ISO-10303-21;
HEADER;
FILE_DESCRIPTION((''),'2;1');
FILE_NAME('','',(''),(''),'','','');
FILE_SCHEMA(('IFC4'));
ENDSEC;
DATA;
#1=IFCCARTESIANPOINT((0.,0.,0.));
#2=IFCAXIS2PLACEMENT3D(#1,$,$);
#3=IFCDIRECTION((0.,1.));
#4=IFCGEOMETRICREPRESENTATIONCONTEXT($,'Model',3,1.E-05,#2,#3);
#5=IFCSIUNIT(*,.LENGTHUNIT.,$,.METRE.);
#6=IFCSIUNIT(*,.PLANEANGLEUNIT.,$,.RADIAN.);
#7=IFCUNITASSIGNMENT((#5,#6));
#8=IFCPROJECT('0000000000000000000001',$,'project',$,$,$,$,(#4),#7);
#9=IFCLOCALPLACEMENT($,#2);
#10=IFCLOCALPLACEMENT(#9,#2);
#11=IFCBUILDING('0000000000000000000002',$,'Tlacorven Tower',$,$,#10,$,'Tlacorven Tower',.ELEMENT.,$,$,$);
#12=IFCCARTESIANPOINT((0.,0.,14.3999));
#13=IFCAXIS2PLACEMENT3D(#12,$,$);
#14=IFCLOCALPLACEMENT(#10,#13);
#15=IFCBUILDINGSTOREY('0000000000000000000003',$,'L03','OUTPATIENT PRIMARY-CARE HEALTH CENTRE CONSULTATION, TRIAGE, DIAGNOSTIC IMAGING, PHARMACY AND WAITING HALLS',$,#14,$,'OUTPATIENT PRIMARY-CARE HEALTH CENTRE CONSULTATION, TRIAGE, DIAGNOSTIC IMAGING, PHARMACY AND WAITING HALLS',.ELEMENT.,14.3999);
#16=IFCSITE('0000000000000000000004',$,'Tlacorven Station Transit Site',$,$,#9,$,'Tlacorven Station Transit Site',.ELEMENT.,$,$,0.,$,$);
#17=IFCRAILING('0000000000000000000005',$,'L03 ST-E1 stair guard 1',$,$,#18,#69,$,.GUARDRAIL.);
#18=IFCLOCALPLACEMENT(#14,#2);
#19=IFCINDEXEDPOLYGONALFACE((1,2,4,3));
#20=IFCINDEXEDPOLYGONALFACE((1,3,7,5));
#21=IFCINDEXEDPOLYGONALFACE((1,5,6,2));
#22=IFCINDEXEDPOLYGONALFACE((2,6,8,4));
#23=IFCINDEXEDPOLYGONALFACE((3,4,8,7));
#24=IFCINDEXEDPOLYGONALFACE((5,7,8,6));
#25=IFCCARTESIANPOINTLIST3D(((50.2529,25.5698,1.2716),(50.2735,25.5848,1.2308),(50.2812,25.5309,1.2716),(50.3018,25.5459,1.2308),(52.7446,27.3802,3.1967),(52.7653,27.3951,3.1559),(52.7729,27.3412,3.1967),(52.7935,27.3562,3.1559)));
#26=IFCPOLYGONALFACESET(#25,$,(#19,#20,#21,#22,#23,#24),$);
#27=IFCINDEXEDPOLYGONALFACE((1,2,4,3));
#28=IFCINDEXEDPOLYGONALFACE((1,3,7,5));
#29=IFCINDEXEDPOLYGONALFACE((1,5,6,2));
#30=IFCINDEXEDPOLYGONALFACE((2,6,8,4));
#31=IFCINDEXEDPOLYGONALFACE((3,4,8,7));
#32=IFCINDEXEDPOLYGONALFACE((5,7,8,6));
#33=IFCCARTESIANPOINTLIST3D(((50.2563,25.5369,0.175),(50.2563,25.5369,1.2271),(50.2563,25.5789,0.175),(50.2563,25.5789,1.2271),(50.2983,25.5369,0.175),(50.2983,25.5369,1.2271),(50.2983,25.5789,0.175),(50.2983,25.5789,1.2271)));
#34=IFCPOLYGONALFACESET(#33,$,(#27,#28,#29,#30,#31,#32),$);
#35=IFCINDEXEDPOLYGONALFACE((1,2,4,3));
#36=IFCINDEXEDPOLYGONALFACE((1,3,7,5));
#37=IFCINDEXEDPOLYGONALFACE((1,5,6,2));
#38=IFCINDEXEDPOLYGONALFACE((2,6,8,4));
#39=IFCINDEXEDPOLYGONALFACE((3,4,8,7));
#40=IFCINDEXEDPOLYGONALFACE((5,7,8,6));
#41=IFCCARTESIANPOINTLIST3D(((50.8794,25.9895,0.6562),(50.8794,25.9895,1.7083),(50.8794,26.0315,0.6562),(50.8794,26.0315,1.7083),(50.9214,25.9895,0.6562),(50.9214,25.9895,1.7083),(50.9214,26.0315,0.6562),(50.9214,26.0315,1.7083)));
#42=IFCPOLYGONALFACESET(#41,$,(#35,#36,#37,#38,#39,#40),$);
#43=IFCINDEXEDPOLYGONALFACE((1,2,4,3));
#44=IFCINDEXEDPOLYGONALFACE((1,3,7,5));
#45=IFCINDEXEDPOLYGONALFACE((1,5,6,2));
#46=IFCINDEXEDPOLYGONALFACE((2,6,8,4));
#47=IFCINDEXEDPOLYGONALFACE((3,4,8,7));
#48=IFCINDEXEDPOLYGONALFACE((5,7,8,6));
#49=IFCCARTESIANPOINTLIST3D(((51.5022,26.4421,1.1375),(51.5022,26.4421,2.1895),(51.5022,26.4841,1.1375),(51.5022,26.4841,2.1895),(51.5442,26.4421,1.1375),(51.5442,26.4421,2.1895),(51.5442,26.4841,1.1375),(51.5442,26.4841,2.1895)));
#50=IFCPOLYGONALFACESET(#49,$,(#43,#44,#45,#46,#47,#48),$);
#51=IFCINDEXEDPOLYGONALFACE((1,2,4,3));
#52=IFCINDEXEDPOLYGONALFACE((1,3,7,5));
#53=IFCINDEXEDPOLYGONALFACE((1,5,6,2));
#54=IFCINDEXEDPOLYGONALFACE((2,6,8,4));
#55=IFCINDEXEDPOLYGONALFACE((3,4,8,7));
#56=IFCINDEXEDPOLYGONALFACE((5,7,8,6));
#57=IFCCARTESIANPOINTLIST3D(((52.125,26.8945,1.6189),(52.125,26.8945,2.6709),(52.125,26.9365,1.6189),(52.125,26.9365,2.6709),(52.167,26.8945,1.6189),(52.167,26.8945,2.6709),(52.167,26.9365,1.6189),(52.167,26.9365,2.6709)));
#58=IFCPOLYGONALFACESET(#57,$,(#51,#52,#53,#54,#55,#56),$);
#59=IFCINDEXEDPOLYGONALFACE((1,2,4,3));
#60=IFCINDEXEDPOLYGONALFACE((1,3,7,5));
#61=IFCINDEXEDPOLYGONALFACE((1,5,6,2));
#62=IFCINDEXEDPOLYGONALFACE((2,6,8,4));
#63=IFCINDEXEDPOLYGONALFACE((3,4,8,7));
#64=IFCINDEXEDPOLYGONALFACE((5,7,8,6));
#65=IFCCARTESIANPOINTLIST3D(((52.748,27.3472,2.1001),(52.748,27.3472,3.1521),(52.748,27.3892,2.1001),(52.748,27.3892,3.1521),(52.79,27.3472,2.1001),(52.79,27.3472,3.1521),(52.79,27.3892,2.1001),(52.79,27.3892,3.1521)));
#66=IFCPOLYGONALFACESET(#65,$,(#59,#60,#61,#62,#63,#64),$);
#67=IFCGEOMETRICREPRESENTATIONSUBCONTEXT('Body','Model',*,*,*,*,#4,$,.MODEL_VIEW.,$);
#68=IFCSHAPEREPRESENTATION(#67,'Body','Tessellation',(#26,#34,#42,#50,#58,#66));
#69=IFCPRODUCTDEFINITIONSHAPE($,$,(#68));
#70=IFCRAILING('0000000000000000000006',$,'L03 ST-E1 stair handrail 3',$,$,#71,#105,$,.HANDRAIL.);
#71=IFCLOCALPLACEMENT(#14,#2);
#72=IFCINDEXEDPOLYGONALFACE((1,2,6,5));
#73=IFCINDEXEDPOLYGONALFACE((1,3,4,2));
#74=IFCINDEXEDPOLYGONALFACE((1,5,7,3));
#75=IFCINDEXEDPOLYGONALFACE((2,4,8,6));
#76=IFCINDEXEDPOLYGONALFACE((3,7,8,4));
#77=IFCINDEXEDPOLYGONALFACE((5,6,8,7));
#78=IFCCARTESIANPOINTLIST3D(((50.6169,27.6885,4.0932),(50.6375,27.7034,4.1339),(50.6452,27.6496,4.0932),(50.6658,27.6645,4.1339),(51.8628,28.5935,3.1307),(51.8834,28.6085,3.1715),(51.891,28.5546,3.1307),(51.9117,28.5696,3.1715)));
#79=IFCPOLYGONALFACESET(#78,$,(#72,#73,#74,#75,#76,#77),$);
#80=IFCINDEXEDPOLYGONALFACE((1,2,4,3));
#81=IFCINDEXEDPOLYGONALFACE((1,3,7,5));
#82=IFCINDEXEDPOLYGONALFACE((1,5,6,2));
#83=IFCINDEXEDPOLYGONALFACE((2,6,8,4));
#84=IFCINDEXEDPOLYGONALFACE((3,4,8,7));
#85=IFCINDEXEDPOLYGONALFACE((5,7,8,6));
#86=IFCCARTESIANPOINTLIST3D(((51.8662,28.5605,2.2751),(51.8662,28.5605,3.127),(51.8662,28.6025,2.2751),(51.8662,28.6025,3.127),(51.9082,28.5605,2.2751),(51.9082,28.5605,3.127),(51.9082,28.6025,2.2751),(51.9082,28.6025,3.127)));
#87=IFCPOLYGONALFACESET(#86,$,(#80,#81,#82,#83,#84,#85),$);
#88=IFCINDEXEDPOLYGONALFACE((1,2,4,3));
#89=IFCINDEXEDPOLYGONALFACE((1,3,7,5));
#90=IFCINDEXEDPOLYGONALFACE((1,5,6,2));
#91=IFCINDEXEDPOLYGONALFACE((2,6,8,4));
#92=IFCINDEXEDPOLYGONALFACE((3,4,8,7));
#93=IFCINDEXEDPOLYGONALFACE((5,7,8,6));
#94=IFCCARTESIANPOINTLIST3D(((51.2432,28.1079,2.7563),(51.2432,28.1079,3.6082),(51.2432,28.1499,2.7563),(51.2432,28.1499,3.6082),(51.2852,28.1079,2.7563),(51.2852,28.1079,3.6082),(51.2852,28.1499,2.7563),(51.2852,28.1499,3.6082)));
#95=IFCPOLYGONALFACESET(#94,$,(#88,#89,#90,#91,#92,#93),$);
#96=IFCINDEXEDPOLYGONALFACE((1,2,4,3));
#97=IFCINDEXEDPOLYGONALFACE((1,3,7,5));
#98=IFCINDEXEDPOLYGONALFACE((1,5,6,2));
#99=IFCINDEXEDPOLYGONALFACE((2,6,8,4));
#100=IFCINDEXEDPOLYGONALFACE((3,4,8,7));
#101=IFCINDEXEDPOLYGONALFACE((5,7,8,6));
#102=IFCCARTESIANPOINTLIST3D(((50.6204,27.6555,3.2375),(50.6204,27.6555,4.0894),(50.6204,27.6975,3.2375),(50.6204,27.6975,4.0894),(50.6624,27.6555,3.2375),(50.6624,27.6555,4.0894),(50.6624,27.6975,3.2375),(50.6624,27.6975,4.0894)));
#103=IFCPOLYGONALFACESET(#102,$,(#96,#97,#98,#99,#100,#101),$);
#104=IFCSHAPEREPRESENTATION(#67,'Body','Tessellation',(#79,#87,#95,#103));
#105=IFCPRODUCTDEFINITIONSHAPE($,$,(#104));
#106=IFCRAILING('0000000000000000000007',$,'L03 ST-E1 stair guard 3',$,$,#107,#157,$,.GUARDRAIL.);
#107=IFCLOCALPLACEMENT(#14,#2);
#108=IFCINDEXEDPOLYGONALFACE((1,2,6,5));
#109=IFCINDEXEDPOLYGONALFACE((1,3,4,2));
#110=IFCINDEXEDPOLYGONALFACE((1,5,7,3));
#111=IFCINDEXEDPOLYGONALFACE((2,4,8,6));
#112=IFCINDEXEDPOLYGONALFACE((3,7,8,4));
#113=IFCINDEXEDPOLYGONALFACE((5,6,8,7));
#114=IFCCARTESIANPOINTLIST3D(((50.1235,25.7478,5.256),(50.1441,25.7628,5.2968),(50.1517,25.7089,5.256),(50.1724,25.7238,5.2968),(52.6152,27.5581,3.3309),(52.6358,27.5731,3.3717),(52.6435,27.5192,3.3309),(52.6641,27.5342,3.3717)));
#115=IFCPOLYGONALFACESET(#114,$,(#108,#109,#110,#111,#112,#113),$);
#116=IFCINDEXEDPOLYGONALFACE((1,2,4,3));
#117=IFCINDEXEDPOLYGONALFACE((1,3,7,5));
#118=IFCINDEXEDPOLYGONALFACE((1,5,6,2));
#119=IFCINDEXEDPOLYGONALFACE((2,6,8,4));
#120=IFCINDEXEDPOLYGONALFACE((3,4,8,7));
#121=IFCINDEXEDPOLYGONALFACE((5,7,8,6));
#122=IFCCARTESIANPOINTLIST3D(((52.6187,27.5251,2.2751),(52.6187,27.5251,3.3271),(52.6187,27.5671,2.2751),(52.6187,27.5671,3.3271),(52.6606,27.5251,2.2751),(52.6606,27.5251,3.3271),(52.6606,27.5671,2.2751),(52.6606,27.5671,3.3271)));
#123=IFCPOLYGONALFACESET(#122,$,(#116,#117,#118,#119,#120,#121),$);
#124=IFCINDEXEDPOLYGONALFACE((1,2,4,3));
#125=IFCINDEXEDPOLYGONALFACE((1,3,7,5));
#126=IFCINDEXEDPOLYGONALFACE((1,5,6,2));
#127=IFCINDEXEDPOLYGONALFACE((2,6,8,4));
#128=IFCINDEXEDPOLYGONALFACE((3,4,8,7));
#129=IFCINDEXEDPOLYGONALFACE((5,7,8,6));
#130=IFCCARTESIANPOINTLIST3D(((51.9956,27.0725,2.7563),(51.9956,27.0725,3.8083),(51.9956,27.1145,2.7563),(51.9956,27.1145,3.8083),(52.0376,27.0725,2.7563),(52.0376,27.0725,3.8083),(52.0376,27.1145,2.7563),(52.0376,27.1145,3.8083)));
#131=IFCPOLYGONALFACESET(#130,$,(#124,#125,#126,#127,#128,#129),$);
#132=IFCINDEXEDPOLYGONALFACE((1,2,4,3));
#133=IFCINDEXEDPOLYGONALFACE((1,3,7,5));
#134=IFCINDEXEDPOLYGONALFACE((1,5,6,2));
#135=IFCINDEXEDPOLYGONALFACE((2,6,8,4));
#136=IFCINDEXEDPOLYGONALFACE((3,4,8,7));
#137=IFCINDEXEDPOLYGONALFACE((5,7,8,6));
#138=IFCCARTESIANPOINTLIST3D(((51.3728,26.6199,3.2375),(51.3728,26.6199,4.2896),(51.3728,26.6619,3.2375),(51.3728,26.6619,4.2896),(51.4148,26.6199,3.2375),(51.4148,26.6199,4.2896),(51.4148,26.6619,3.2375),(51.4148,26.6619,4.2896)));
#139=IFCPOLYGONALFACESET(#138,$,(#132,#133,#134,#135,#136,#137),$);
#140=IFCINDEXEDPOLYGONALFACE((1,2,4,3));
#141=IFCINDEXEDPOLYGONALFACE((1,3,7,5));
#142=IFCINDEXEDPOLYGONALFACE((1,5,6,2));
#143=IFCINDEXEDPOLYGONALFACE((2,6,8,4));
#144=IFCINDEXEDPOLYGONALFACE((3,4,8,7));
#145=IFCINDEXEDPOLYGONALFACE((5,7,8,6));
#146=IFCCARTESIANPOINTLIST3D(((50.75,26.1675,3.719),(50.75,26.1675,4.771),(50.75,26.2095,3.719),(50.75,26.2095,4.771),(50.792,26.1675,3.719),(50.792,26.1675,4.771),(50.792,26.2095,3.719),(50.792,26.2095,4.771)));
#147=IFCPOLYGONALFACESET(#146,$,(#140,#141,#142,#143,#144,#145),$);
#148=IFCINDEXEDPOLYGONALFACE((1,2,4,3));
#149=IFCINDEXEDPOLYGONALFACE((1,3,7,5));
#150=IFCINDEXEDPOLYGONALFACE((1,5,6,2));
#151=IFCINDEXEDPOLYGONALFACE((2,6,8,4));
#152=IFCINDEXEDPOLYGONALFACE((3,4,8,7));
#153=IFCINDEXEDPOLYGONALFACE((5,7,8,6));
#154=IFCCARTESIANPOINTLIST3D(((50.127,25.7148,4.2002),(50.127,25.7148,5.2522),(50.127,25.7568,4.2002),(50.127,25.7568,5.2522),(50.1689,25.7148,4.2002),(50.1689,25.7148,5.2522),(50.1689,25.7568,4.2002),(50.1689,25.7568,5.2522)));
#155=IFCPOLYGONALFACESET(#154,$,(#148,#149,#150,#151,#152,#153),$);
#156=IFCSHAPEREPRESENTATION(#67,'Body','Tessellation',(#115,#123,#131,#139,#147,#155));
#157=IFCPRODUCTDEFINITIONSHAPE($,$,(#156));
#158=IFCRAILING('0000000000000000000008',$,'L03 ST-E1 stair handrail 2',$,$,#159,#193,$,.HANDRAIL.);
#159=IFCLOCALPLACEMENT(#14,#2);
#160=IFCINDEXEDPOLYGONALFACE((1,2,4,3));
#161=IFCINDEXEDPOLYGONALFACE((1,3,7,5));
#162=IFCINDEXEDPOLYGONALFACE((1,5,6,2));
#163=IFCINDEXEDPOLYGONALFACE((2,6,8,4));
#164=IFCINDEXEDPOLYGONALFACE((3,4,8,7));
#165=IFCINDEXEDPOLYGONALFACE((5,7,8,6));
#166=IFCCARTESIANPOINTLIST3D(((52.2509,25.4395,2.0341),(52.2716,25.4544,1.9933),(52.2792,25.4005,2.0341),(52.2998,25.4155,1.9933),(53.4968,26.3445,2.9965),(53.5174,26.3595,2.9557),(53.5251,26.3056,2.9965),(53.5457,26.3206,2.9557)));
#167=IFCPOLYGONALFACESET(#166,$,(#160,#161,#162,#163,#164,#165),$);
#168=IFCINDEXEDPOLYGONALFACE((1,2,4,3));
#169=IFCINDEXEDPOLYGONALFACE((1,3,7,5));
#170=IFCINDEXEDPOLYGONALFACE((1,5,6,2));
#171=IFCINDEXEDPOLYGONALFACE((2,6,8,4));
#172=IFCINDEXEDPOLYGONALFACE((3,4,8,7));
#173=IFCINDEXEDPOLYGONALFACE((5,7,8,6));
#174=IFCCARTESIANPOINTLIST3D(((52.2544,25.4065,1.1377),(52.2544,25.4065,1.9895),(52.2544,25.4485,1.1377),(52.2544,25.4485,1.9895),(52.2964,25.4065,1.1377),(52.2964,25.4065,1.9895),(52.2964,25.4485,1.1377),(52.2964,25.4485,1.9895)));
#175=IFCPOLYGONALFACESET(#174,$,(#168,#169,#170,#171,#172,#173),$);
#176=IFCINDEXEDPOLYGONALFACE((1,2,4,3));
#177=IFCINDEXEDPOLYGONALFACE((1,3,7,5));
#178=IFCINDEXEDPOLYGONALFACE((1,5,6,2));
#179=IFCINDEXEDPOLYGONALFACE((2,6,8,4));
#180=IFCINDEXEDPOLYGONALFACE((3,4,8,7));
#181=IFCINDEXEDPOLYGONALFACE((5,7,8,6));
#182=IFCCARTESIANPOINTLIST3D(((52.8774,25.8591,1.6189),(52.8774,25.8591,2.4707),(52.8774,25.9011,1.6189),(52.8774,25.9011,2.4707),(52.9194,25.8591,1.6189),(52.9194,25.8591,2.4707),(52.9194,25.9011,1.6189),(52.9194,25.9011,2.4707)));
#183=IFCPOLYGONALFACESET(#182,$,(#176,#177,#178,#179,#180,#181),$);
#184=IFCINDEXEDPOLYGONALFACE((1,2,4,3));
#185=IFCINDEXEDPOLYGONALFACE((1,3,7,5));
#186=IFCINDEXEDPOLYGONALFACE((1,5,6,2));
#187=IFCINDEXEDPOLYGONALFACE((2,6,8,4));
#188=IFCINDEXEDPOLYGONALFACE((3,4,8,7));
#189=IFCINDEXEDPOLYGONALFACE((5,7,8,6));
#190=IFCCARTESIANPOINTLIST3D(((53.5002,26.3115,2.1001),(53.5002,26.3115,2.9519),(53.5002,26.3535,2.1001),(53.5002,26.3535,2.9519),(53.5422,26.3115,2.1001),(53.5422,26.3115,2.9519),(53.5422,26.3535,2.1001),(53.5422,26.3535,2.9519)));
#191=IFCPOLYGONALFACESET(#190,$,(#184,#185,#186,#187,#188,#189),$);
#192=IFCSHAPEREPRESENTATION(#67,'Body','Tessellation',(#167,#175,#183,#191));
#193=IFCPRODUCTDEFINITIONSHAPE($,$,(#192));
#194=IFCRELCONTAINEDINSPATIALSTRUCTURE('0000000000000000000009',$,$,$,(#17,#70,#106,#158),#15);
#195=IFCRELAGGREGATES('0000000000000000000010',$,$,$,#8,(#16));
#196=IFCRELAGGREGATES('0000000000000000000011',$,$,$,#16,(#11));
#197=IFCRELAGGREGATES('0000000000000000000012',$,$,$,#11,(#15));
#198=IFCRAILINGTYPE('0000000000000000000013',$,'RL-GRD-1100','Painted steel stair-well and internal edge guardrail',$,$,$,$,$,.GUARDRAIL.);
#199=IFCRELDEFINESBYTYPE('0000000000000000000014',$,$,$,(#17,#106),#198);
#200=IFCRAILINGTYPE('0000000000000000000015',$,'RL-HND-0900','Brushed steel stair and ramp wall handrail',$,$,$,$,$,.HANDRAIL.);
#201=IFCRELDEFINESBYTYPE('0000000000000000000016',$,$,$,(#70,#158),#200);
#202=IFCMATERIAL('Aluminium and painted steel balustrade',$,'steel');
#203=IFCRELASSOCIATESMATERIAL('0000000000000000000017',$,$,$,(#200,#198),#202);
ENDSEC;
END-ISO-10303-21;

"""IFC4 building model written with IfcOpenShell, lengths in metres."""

from ifc_helpers import new_model, si_unit, direction, frame, origin, origin_2d, place, context, subcontext, project, spatial, rectangle, extrude, source, transform, mapped, material, type_object, element, save


model = new_model("IFC4")

# Units and contexts
model_context = context("Model", 3, precision=1e-05, world=origin(), true_north=direction((0.0, 1.0)))
body_context = subcontext(model_context, "Body", "Model", "MODEL_VIEW")
ifc_project = project(units=[si_unit("LENGTHUNIT", "METRE"), si_unit("PLANEANGLEUNIT", "RADIAN")], contexts=[model_context])

# Site, building, storey
site_placement = place(None, origin())
site = spatial("IfcSite", under=ifc_project, at=site_placement, Name="Tlacorven Station Transit Site", LongName="Tlacorven Station Transit Site", CompositionType="ELEMENT", RefElevation=0.0)
building_placement = place(site_placement, origin())
building = spatial("IfcBuilding", under=site, at=building_placement, Name="Tlacorven Tower", LongName="Tlacorven Tower", CompositionType="ELEMENT")
storey_placement = place(building_placement, frame((0.0, 0.0, 14.3999)))
storey = spatial("IfcBuildingStorey", under=building, at=storey_placement, Name="L03", Description="OUTPATIENT PRIMARY-CARE HEALTH CENTRE CONSULTATION, TRIAGE, DIAGNOSTIC IMAGING, PHARMACY AND WAITING HALLS", LongName="OUTPATIENT PRIMARY-CARE HEALTH CENTRE CONSULTATION, TRIAGE, DIAGNOSTIC IMAGING, PHARMACY AND WAITING HALLS", CompositionType="ELEMENT", Elevation=14.3999)

# Railings
ifc_material_1 = material(Name="Aluminium and painted steel balustrade", Category="steel")
railing_type_1 = type_object("IfcRailingType", Name="RL-HND-0900", Description="Brushed steel stair and ramp wall handrail", PredefinedType="HANDRAIL", material=ifc_material_1)
railing_type_2 = type_object("IfcRailingType", Name="RL-GRD-1100", Description="Painted steel stair-well and internal edge guardrail", PredefinedType="GUARDRAIL", material=ifc_material_1)
shared_shape_1 = source(origin(), body_context, "Body", "SweptSolid", [
    extrude(rectangle(XDim=0.0481, YDim=0.0481, at=origin_2d()), frame((0.0, 0.0, 1.0762), z_axis=(0.686037, 0.498429, 0.530021), x_axis=(-0.58778, 0.809021, 0.0)), (0.0, 0.0, 1.0), 3.6321),
    extrude(rectangle(XDim=0.042, YDim=0.042, at=origin_2d()), origin(), (0.0, 0.0, 1.0), 1.052),
    extrude(rectangle(XDim=0.042, YDim=0.042, at=origin_2d()), frame((0.623, 0.4526, 0.4812)), (0.0, 0.0, 1.0), 1.052),
    extrude(rectangle(XDim=0.042, YDim=0.042, at=origin_2d()), frame((1.2458, 0.9053, 0.9624)), (0.0, 0.0, 1.0), 1.052),
    extrude(rectangle(XDim=0.042, YDim=0.042, at=origin_2d()), frame((1.8687, 1.3577, 1.4438)), (0.0, 0.0, 1.0), 1.052),
    extrude(rectangle(XDim=0.042, YDim=0.042, at=origin_2d()), frame((2.4917, 1.8103, 1.925)), (0.0, 0.0, 1.0), 1.052),
])
railing_1_placement = place(storey_placement, frame((50.2773, 25.5579, 0.175)))
element("IfcRailing", 1, at=railing_1_placement, inside=storey, type_object=railing_type_2, Name="L03 ST-E1 stair guard 1", PredefinedType="GUARDRAIL", context=body_context, shape_type="MappedRepresentation", body=[
    mapped(shared_shape_1, transform((0.0, 0.0, 0.0), scale=1.0)),
])
shared_shape_2 = source(origin(), body_context, "Body", "SweptSolid", [
    extrude(rectangle(XDim=0.0481, YDim=0.0481, at=origin_2d()), frame((0.0, 0.0, 0.876), z_axis=(-0.686084, -0.498396, 0.529991), x_axis=(0.587729, -0.809058, 0.0)), (0.0, 0.0, 1.0), 1.8159),
    extrude(rectangle(XDim=0.042, YDim=0.042, at=origin_2d()), origin(), (0.0, 0.0, 1.0), 0.8518),
    extrude(rectangle(XDim=0.042, YDim=0.042, at=origin_2d()), frame((-0.623, -0.4526, 0.4812)), (0.0, 0.0, 1.0), 0.8518),
    extrude(rectangle(XDim=0.042, YDim=0.042, at=origin_2d()), frame((-1.2458, -0.905, 0.9624)), (0.0, 0.0, 1.0), 0.8518),
])
railing_2_placement = place(storey_placement, frame((51.8872, 28.5815, 2.2751)))
element("IfcRailing", 2, at=railing_2_placement, inside=storey, type_object=railing_type_1, Name="L03 ST-E1 stair handrail 3", PredefinedType="HANDRAIL", context=body_context, shape_type="MappedRepresentation", body=[
    mapped(shared_shape_2, transform((0.0, 0.0, 0.0), scale=1.0)),
])
shared_shape_3 = source(origin(), body_context, "Body", "SweptSolid", [
    extrude(rectangle(XDim=0.0481, YDim=0.0481, at=origin_2d()), frame((0.0, 0.0, 1.0762), z_axis=(-0.686037, -0.498429, 0.530021), x_axis=(0.58778, -0.809021, 0.0)), (0.0, 0.0, 1.0), 3.6321),
    extrude(rectangle(XDim=0.042, YDim=0.042, at=origin_2d()), origin(), (0.0, 0.0, 1.0), 1.052),
    extrude(rectangle(XDim=0.042, YDim=0.042, at=origin_2d()), frame((-0.623, -0.4526, 0.4812)), (0.0, 0.0, 1.0), 1.052),
    extrude(rectangle(XDim=0.042, YDim=0.042, at=origin_2d()), frame((-1.2458, -0.9053, 0.9624)), (0.0, 0.0, 1.0), 1.052),
    extrude(rectangle(XDim=0.042, YDim=0.042, at=origin_2d()), frame((-1.8687, -1.3577, 1.4438)), (0.0, 0.0, 1.0), 1.052),
    extrude(rectangle(XDim=0.042, YDim=0.042, at=origin_2d()), frame((-2.4917, -1.8103, 1.925)), (0.0, 0.0, 1.0), 1.052),
])
railing_3_placement = place(storey_placement, frame((52.6396, 27.5461, 2.2751)))
element("IfcRailing", 3, at=railing_3_placement, inside=storey, type_object=railing_type_2, Name="L03 ST-E1 stair guard 3", PredefinedType="GUARDRAIL", context=body_context, shape_type="MappedRepresentation", body=[
    mapped(shared_shape_3, transform((0.0, 0.0, 0.0), scale=1.0)),
])
shared_shape_4 = source(origin(), body_context, "Body", "SweptSolid", [
    extrude(rectangle(XDim=0.0481, YDim=0.0481, at=origin_2d()), frame((0.0, 0.0, 0.876), z_axis=(0.686084, 0.498396, 0.529991), x_axis=(-0.587729, 0.809058, 0.0)), (0.0, 0.0, 1.0), 1.8159),
    extrude(rectangle(XDim=0.042, YDim=0.042, at=origin_2d()), origin(), (0.0, 0.0, 1.0), 0.8518),
    extrude(rectangle(XDim=0.042, YDim=0.042, at=origin_2d()), frame((0.623, 0.4526, 0.4812)), (0.0, 0.0, 1.0), 0.8518),
    extrude(rectangle(XDim=0.042, YDim=0.042, at=origin_2d()), frame((1.2458, 0.905, 0.9624)), (0.0, 0.0, 1.0), 0.8518),
])
railing_4_placement = place(storey_placement, frame((52.2754, 25.4275, 1.1377)))
element("IfcRailing", 4, at=railing_4_placement, inside=storey, type_object=railing_type_1, Name="L03 ST-E1 stair handrail 2", PredefinedType="HANDRAIL", context=body_context, shape_type="MappedRepresentation", body=[
    mapped(shared_shape_4, transform((0.0, 0.0, 0.0), scale=1.0)),
])

save(model, "model.ifc")
